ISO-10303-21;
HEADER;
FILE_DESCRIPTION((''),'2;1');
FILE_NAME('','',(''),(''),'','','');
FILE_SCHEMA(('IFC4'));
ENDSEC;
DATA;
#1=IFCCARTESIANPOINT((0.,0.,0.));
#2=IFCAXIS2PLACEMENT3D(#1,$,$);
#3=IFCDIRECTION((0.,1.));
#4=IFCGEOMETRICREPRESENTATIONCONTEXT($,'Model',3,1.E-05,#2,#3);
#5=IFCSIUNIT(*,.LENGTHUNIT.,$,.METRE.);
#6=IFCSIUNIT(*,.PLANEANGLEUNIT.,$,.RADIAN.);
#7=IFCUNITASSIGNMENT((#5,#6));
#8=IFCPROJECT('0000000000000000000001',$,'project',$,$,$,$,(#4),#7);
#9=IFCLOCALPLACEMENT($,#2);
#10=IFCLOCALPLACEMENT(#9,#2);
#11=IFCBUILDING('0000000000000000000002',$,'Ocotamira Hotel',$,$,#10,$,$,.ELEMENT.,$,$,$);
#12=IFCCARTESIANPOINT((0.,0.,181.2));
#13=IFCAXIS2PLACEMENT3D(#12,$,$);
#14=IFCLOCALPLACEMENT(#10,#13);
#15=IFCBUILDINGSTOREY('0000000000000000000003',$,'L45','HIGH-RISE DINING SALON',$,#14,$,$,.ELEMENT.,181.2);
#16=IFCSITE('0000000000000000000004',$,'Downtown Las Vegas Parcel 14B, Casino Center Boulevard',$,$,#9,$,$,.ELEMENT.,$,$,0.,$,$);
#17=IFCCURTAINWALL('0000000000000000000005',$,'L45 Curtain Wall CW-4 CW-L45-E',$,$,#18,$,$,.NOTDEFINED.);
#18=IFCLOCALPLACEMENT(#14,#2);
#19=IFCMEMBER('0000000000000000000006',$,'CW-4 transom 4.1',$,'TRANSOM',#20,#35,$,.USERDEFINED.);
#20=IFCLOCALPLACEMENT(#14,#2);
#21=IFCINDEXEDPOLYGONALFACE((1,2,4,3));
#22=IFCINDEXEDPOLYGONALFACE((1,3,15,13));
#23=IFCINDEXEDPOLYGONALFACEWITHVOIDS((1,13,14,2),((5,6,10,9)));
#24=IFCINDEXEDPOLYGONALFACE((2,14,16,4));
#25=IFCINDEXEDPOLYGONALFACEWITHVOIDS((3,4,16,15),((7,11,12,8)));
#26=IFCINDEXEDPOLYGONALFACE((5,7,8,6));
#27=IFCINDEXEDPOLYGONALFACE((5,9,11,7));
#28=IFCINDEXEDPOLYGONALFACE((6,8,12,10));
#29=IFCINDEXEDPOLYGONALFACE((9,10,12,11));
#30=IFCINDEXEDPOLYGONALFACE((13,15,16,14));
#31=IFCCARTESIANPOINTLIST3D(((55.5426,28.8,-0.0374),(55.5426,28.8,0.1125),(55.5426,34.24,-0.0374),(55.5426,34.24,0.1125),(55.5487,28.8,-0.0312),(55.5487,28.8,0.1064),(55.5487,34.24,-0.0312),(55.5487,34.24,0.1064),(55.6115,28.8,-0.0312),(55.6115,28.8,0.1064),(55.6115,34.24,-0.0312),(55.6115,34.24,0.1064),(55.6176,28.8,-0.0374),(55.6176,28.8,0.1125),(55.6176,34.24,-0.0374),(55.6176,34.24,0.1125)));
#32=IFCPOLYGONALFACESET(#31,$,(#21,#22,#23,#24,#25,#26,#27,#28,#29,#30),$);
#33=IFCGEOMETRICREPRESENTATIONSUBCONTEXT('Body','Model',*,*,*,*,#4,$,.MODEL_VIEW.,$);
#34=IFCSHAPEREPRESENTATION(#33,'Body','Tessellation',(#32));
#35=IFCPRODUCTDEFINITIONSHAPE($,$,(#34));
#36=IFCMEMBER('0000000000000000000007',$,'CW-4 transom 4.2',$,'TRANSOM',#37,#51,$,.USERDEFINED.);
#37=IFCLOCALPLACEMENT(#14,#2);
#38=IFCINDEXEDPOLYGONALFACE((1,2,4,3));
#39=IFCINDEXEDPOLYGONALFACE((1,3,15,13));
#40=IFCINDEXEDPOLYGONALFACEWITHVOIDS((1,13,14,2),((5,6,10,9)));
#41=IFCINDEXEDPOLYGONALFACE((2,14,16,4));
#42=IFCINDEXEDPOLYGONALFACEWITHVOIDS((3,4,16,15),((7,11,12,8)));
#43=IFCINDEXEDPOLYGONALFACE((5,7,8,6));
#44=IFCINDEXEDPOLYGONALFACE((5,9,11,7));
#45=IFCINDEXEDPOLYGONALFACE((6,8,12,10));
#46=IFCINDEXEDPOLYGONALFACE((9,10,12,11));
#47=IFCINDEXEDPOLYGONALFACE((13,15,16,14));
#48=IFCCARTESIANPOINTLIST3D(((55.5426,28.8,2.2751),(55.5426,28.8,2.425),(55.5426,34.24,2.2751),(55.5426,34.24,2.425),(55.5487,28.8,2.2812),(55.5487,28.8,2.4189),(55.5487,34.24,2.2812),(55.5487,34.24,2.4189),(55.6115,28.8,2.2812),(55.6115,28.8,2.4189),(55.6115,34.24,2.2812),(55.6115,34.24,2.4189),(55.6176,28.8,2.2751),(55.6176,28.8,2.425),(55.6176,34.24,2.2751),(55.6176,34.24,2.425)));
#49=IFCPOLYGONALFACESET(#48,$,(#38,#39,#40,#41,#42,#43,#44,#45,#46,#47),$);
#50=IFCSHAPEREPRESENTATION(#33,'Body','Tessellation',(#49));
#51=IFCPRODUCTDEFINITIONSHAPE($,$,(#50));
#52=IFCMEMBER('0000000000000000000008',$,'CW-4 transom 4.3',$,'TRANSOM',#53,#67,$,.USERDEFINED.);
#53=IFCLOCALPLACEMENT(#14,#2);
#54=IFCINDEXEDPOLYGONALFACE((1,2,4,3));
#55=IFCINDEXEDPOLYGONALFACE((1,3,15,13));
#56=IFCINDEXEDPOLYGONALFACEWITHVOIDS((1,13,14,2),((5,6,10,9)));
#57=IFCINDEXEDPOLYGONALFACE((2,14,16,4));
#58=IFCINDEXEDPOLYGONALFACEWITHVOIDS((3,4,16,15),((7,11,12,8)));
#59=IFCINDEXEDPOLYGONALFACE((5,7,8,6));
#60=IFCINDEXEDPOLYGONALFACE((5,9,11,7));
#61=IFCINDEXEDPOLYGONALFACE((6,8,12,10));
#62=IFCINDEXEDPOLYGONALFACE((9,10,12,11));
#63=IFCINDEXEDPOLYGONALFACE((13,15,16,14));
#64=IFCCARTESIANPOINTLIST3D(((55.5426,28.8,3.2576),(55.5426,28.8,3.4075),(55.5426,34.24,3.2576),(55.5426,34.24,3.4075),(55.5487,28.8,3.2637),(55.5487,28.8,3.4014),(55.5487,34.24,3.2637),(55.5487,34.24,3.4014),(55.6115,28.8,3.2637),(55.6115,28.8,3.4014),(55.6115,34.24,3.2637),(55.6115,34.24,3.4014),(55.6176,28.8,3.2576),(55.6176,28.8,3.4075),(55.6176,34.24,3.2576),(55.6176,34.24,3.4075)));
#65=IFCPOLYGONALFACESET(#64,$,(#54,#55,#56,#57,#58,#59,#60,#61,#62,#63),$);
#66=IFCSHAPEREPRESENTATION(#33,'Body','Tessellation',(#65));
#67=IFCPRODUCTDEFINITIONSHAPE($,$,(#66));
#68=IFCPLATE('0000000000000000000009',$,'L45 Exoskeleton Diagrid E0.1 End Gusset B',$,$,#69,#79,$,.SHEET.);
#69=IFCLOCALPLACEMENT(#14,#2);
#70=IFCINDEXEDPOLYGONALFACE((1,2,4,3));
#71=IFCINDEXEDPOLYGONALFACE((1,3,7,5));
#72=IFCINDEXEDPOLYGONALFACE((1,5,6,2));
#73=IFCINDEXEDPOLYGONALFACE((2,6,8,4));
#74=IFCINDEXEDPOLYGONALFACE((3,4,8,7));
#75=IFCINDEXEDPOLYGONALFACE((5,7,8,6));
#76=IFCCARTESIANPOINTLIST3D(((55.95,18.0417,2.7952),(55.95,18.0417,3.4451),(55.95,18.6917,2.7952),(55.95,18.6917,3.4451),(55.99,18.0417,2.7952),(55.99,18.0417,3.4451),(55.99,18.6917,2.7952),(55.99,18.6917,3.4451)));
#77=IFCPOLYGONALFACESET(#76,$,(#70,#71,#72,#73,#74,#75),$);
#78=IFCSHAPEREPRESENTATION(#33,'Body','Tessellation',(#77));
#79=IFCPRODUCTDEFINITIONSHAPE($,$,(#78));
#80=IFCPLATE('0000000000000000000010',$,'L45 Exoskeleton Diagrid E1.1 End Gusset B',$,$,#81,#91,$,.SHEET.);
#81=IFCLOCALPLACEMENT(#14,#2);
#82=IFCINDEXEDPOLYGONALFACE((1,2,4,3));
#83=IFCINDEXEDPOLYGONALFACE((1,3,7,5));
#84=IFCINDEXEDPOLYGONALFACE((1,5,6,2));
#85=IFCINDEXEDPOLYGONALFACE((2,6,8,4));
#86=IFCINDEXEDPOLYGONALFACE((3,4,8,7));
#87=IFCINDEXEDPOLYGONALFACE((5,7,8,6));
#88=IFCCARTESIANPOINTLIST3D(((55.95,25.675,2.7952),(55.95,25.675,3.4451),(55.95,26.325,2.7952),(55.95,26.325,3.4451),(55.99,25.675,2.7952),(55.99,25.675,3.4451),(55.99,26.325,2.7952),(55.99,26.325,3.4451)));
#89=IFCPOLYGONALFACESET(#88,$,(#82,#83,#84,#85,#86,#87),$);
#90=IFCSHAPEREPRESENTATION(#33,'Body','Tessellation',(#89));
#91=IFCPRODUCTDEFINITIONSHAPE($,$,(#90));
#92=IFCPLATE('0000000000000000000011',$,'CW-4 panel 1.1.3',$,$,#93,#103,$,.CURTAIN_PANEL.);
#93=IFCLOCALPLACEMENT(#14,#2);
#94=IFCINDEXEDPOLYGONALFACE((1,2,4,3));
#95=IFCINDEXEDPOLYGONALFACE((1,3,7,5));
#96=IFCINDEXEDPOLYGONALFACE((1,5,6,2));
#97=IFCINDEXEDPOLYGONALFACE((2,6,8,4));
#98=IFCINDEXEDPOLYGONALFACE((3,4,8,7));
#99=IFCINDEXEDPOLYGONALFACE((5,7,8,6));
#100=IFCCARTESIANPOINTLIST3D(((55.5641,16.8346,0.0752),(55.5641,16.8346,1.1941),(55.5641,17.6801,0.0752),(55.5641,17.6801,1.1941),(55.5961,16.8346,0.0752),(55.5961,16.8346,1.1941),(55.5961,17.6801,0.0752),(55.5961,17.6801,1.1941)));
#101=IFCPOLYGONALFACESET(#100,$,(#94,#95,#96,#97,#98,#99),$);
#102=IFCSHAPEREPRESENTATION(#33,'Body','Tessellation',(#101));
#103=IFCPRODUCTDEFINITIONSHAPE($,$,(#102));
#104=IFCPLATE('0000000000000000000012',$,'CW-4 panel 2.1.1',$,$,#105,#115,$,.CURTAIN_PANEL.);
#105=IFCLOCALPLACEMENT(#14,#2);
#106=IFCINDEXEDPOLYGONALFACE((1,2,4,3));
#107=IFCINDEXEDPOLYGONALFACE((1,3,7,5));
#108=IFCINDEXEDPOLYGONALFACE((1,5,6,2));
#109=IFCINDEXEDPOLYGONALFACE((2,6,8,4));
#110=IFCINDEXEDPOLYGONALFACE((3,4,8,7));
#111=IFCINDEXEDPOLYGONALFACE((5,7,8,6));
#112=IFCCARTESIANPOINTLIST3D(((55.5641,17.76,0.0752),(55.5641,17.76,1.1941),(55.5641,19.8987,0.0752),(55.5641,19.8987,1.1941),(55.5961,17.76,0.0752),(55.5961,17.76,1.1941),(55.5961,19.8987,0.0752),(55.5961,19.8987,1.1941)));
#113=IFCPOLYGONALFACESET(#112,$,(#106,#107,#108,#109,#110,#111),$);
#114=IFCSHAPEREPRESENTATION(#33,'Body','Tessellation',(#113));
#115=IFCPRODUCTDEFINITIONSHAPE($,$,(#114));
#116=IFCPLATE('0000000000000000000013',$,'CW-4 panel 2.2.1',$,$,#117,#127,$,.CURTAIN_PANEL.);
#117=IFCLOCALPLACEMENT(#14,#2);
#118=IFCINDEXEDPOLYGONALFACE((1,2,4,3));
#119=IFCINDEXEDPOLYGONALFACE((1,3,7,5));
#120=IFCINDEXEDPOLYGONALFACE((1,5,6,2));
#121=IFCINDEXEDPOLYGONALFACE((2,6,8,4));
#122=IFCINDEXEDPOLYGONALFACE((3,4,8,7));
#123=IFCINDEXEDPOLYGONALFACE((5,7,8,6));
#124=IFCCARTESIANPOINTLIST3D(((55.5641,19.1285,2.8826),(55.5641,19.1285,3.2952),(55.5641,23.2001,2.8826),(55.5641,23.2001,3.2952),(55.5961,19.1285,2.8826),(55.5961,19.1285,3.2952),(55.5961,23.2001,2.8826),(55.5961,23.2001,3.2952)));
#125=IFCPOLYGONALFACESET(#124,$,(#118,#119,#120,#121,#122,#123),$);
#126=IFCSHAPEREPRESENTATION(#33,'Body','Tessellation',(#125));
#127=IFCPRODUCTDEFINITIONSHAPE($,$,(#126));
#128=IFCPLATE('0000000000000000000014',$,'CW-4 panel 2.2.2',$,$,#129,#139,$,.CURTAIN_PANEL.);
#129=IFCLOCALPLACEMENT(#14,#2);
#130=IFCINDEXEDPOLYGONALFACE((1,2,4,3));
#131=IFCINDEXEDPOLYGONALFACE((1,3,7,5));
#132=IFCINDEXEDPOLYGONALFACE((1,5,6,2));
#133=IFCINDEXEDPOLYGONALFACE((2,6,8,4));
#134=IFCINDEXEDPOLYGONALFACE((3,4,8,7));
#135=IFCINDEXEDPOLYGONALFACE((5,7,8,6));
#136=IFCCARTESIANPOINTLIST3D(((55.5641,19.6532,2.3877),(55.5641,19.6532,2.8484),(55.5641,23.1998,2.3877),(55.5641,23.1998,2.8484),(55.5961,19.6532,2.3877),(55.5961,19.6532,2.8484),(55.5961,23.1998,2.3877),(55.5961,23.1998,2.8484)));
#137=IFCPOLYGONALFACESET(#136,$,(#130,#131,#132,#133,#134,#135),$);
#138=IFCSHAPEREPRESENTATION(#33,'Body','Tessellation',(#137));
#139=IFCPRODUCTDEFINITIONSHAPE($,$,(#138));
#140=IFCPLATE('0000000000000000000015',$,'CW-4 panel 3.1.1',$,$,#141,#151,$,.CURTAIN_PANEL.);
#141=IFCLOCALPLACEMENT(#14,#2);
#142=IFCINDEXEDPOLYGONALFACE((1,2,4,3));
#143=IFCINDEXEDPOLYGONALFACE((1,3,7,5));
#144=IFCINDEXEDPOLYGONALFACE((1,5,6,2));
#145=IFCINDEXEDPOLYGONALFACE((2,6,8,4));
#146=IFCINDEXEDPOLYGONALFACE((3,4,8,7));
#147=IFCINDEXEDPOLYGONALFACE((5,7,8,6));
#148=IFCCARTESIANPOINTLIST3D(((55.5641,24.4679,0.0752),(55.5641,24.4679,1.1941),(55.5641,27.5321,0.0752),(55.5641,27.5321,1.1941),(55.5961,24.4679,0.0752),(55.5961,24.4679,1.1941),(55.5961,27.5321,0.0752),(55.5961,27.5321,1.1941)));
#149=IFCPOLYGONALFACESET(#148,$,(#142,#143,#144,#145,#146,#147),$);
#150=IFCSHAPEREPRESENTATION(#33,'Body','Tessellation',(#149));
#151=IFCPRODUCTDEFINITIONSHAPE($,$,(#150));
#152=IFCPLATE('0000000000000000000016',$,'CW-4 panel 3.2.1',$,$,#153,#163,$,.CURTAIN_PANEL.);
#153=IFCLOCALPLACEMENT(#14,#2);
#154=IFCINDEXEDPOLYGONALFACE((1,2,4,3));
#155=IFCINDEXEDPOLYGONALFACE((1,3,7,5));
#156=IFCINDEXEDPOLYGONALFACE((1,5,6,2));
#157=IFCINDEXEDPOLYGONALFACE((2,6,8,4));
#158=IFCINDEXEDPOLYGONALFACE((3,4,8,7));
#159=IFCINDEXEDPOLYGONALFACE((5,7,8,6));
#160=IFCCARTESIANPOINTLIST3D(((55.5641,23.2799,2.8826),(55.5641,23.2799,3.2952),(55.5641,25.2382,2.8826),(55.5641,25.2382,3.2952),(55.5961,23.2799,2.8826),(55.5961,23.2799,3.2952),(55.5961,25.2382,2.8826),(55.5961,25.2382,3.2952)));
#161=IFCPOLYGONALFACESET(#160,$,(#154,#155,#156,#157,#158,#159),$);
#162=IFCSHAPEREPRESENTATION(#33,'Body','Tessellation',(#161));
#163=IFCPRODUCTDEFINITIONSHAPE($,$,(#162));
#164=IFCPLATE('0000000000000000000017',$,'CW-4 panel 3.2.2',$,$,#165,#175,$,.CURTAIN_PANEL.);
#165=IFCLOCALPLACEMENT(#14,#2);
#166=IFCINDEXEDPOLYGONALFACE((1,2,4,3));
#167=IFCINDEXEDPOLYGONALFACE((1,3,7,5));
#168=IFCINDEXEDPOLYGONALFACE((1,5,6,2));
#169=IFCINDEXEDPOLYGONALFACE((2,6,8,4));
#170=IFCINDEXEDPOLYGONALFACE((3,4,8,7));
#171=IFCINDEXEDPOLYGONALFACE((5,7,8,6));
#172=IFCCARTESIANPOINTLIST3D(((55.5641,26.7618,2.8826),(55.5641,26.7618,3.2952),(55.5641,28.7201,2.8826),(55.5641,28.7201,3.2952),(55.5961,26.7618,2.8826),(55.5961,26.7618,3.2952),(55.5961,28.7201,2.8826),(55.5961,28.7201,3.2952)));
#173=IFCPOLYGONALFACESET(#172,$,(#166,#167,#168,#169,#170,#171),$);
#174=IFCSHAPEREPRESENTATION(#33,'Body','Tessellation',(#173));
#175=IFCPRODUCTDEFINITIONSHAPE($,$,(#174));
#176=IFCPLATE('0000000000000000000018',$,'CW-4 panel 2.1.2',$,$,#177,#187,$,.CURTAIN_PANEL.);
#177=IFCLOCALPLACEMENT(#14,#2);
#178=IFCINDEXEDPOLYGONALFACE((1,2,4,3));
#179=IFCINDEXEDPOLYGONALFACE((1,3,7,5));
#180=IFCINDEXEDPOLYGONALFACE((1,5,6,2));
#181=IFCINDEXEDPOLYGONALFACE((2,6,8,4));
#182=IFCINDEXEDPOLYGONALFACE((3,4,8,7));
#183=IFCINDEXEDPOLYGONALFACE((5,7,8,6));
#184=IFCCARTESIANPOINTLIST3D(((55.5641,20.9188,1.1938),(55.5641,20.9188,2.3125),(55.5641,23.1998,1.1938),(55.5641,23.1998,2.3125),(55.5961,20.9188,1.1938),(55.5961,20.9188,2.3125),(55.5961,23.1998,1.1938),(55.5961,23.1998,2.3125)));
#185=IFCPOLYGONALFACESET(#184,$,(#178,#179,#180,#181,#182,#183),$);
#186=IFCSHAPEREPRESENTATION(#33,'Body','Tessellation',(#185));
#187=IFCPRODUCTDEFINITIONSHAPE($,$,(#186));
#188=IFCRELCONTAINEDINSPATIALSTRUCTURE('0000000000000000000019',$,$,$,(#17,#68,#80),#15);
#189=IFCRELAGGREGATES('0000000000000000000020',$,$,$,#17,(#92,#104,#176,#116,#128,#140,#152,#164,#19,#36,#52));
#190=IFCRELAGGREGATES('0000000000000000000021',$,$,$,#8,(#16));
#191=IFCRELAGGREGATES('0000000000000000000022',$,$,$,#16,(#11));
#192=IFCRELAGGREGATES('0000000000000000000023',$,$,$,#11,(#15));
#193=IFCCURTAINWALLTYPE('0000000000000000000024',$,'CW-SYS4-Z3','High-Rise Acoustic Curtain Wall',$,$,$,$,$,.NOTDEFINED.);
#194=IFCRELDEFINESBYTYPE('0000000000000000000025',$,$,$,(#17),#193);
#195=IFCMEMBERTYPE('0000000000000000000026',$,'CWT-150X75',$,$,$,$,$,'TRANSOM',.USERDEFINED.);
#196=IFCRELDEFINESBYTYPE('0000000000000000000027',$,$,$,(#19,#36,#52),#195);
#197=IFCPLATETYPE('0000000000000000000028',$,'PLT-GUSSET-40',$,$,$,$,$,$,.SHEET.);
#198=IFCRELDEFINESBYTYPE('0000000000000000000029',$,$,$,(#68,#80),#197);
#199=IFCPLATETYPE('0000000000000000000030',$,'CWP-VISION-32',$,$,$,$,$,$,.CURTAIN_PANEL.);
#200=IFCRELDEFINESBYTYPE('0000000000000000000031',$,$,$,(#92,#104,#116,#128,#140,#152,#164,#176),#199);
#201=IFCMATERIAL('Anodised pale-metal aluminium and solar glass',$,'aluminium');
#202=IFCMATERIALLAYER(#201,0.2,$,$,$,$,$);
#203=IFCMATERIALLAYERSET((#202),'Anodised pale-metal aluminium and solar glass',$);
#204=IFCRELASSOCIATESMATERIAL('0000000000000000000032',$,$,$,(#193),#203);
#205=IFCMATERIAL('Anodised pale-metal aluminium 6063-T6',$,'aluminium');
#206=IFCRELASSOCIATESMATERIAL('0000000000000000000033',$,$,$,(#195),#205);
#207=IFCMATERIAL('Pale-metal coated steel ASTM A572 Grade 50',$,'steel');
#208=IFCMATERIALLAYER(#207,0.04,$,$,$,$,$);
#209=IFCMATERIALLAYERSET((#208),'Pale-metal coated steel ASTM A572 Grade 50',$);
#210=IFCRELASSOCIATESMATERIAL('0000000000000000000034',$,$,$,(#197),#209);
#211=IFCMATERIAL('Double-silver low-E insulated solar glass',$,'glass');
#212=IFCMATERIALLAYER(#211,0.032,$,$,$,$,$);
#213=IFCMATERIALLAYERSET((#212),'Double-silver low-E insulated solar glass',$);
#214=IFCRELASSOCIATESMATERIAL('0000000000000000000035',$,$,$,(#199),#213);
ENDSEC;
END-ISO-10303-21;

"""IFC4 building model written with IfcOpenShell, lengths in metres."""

from ifc_helpers import new_model, si_unit, direction, frame, origin, origin_2d, place, context, subcontext, project, spatial, rectangle, hollow_rectangle, extrude, source, transform, mapped, material, layer, layer_set, material_profile, profile_set, type_object, element, aggregate, save


model = new_model("IFC4")

# Units and contexts
model_context = context("Model", 3, precision=1e-05, world=origin(), true_north=direction((0.0, 1.0)))
body_context = subcontext(model_context, "Body", "Model", "MODEL_VIEW")
ifc_project = project(units=[si_unit("LENGTHUNIT", "METRE"), si_unit("PLANEANGLEUNIT", "RADIAN")], contexts=[model_context])

# Site, building, storey
site_placement = place(None, origin())
site = spatial("IfcSite", under=ifc_project, at=site_placement, Name="Downtown Las Vegas Parcel 14B, Casino Center Boulevard", CompositionType="ELEMENT", RefElevation=0.0)
building_placement = place(site_placement, origin())
building = spatial("IfcBuilding", under=site, at=building_placement, Name="Ocotamira Hotel", CompositionType="ELEMENT")
storey_placement = place(building_placement, frame((0.0, 0.0, 181.2)))
storey = spatial("IfcBuildingStorey", under=building, at=storey_placement, Name="L45", Description="HIGH-RISE DINING SALON", CompositionType="ELEMENT", Elevation=181.2)

# Curtain wall, members
ifc_material_1 = material(Name="Anodised pale-metal aluminium and solar glass", Category="aluminium")
ifc_layer_1 = layer(ifc_material_1, 0.2)
ifc_layer_set_1 = layer_set([ifc_layer_1], Name="Anodised pale-metal aluminium and solar glass")
curtain_wall_type = type_object("IfcCurtainWallType", Name="CW-SYS4-Z3", Description="High-Rise Acoustic Curtain Wall", PredefinedType="NOTDEFINED", material=ifc_layer_set_1)
curtain_wall_placement = place(storey_placement, origin())
curtain_wall = element("IfcCurtainWall", 1, at=curtain_wall_placement, inside=storey, type_object=curtain_wall_type, Name="L45 Curtain Wall CW-4 CW-L45-E", PredefinedType="NOTDEFINED")
ifc_material_2 = material(Name="Anodised pale-metal aluminium 6063-T6", Category="aluminium")
ifc_material_profile_1 = material_profile(ifc_material_2, hollow_rectangle(XDim=0.075, YDim=0.1499, WallThickness=0.0061, at=origin_2d()), Name="HSS150X75X6")
ifc_profile_set_1 = profile_set([ifc_material_profile_1], Name="Anodised pale-metal aluminium 6063-T6")
member_type_1 = type_object("IfcMemberType", Name="CWT-150X75", ElementType="TRANSOM", PredefinedType="USERDEFINED", material=ifc_profile_set_1)
shared_shape_1 = source(origin(), body_context, "Body", "SweptSolid", [
    extrude(hollow_rectangle(XDim=0.075, YDim=0.1499, WallThickness=0.0061, at=origin_2d()), origin(), (0.0, 0.0, 1.0), 5.4399),
])
member_1_placement = place(storey_placement, frame((55.5801, 28.8, 0.0376), z_axis=(0.0, 1.0, 0.0), x_axis=(-1.0, 0.0, 0.0)))
member_1 = element("IfcMember", 2, at=member_1_placement, type_object=member_type_1, Name="CW-4 transom 4.1", ObjectType="TRANSOM", PredefinedType="USERDEFINED", context=body_context, shape_type="MappedRepresentation", body=[
    mapped(shared_shape_1, transform((0.0, 0.0, 0.0), scale=1.0)),
])
member_2_placement = place(storey_placement, frame((55.5801, 28.8, 2.3501), z_axis=(0.0, 1.0, 0.0), x_axis=(-1.0, 0.0, 0.0)))
member_2 = element("IfcMember", 3, at=member_2_placement, type_object=member_type_1, Name="CW-4 transom 4.2", ObjectType="TRANSOM", PredefinedType="USERDEFINED", context=body_context, shape_type="MappedRepresentation", body=[
    mapped(shared_shape_1, transform((0.0, 0.0, 0.0), scale=1.0)),
])
member_3_placement = place(storey_placement, frame((55.5801, 28.8, 3.3325), z_axis=(0.0, 1.0, 0.0), x_axis=(-1.0, 0.0, 0.0)))
member_3 = element("IfcMember", 4, at=member_3_placement, type_object=member_type_1, Name="CW-4 transom 4.3", ObjectType="TRANSOM", PredefinedType="USERDEFINED", context=body_context, shape_type="MappedRepresentation", body=[
    mapped(shared_shape_1, transform((0.0, 0.0, 0.0), scale=1.0)),
])

# Plates
ifc_material_3 = material(Name="Pale-metal coated steel ASTM A572 Grade 50", Category="steel")
ifc_layer_2 = layer(ifc_material_3, 0.04)
ifc_layer_set_2 = layer_set([ifc_layer_2], Name="Pale-metal coated steel ASTM A572 Grade 50")
plate_type_1 = type_object("IfcPlateType", Name="PLT-GUSSET-40", PredefinedType="SHEET", material=ifc_layer_set_2)
shared_shape_2 = source(origin(), body_context, "Body", "SweptSolid", [
    extrude(rectangle(XDim=0.04, YDim=0.6499, at=origin_2d()), origin(), (0.0, 0.0, 1.0), 0.6499),
])
for number, where, z_axis, x_axis, name in (
    (5, (55.97, 18.3667, 2.7952), (0.0, 0.0, 1.0), (1.0, 0.0, 0.0), "L45 Exoskeleton Diagrid E0.1 End Gusset B"),
    (6, (55.97, 26.0, 2.7952), (0.0, 0.0, 1.0), (1.0, 0.0, 0.0), "L45 Exoskeleton Diagrid E1.1 End Gusset B"),
):
    element("IfcPlate", number, at=place(storey_placement, frame(where, z_axis=z_axis, x_axis=x_axis)), inside=storey, type_object=plate_type_1, Name=name, PredefinedType="SHEET", context=body_context, shape_type="MappedRepresentation", body=[
        mapped(shared_shape_2, transform((0.0, 0.0, 0.0), scale=1.0)),
    ])

# Plates
ifc_material_4 = material(Name="Double-silver low-E insulated solar glass", Category="glass")
ifc_layer_3 = layer(ifc_material_4, 0.032)
ifc_layer_set_3 = layer_set([ifc_layer_3], Name="Double-silver low-E insulated solar glass")
plate_type_2 = type_object("IfcPlateType", Name="CWP-VISION-32", PredefinedType="CURTAIN_PANEL", material=ifc_layer_set_3)
shared_shape_3 = source(origin(), body_context, "Body", "SweptSolid", [
    extrude(rectangle(XDim=0.8455, YDim=0.032, at=origin_2d()), origin(), (0.0, 0.0, 1.0), 1.1189),
])
plate_1_placement = place(storey_placement, frame((55.5801, 17.2573, 0.0752), z_axis=(0.0, 0.0, 1.0), x_axis=(0.0, 1.0, 0.0)))
plate_1 = element("IfcPlate", 7, at=plate_1_placement, type_object=plate_type_2, Name="CW-4 panel 1.1.3", PredefinedType="CURTAIN_PANEL", context=body_context, shape_type="MappedRepresentation", body=[
    mapped(shared_shape_3, transform((0.0, 0.0, 0.0), scale=1.0)),
])
shared_shape_4 = source(origin(), body_context, "Body", "SweptSolid", [
    extrude(rectangle(XDim=2.1387, YDim=0.032, at=origin_2d()), origin(), (0.0, 0.0, 1.0), 1.1189),
])
plate_2_placement = place(storey_placement, frame((55.5801, 18.8293, 0.0752), z_axis=(0.0, 0.0, 1.0), x_axis=(0.0, 1.0, 0.0)))
plate_2 = element("IfcPlate", 8, at=plate_2_placement, type_object=plate_type_2, Name="CW-4 panel 2.1.1", PredefinedType="CURTAIN_PANEL", context=body_context, shape_type="MappedRepresentation", body=[
    mapped(shared_shape_4, transform((0.0, 0.0, 0.0), scale=1.0)),
])
shared_shape_5 = source(origin(), body_context, "Body", "SweptSolid", [
    extrude(rectangle(XDim=4.0715, YDim=0.032, at=origin_2d()), origin(), (0.0, 0.0, 1.0), 0.4126),
])
plate_3_placement = place(storey_placement, frame((55.5801, 21.1643, 2.8826), z_axis=(0.0, 0.0, 1.0), x_axis=(0.0, 1.0, 0.0)))
plate_3 = element("IfcPlate", 9, at=plate_3_placement, type_object=plate_type_2, Name="CW-4 panel 2.2.1", PredefinedType="CURTAIN_PANEL", context=body_context, shape_type="MappedRepresentation", body=[
    mapped(shared_shape_5, transform((0.0, 0.0, 0.0), scale=1.0)),
])
shared_shape_6 = source(origin(), body_context, "Body", "SweptSolid", [
    extrude(rectangle(XDim=3.5466, YDim=0.032, at=origin_2d()), origin(), (0.0, 0.0, 1.0), 0.4607),
])
plate_4_placement = place(storey_placement, frame((55.5801, 21.4265, 2.3877), z_axis=(0.0, 0.0, 1.0), x_axis=(0.0, 1.0, 0.0)))
plate_4 = element("IfcPlate", 10, at=plate_4_placement, type_object=plate_type_2, Name="CW-4 panel 2.2.2", PredefinedType="CURTAIN_PANEL", context=body_context, shape_type="MappedRepresentation", body=[
    mapped(shared_shape_6, transform((0.0, 0.0, 0.0), scale=1.0)),
])
shared_shape_7 = source(origin(), body_context, "Body", "SweptSolid", [
    extrude(rectangle(XDim=3.0642, YDim=0.032, at=origin_2d()), origin(), (0.0, 0.0, 1.0), 1.1189),
])
plate_5_placement = place(storey_placement, frame((55.5801, 26.0, 0.0752), z_axis=(0.0, 0.0, 1.0), x_axis=(0.0, 1.0, 0.0)))
plate_5 = element("IfcPlate", 11, at=plate_5_placement, type_object=plate_type_2, Name="CW-4 panel 3.1.1", PredefinedType="CURTAIN_PANEL", context=body_context, shape_type="MappedRepresentation", body=[
    mapped(shared_shape_7, transform((0.0, 0.0, 0.0), scale=1.0)),
])
shared_shape_8 = source(origin(), body_context, "Body", "SweptSolid", [
    extrude(rectangle(XDim=1.9583, YDim=0.032, at=origin_2d()), origin(), (0.0, 0.0, 1.0), 0.4126),
])
plate_6_placement = place(storey_placement, frame((55.5801, 24.259, 2.8826), z_axis=(0.0, 0.0, 1.0), x_axis=(0.0, 1.0, 0.0)))
plate_6 = element("IfcPlate", 12, at=plate_6_placement, type_object=plate_type_2, Name="CW-4 panel 3.2.1", PredefinedType="CURTAIN_PANEL", context=body_context, shape_type="MappedRepresentation", body=[
    mapped(shared_shape_8, transform((0.0, 0.0, 0.0), scale=1.0)),
])
plate_7_placement = place(storey_placement, frame((55.5801, 27.741, 2.8826), z_axis=(0.0, 0.0, 1.0), x_axis=(0.0, 1.0, 0.0)))
plate_7 = element("IfcPlate", 13, at=plate_7_placement, type_object=plate_type_2, Name="CW-4 panel 3.2.2", PredefinedType="CURTAIN_PANEL", context=body_context, shape_type="MappedRepresentation", body=[
    mapped(shared_shape_8, transform((0.0, 0.0, 0.0), scale=1.0)),
])
shared_shape_9 = source(origin(), body_context, "Body", "SweptSolid", [
    extrude(rectangle(XDim=2.281, YDim=0.032, at=origin_2d()), origin(), (0.0, 0.0, 1.0), 1.1187),
])
plate_8_placement = place(storey_placement, frame((55.5801, 22.0593, 1.1938), z_axis=(0.0, 0.0, 1.0), x_axis=(0.0, 1.0, 0.0)))
plate_8 = element("IfcPlate", 14, at=plate_8_placement, type_object=plate_type_2, Name="CW-4 panel 2.1.2", PredefinedType="CURTAIN_PANEL", context=body_context, shape_type="MappedRepresentation", body=[
    mapped(shared_shape_9, transform((0.0, 0.0, 0.0), scale=1.0)),
])
aggregate(curtain_wall, [plate_1, plate_2, plate_8, plate_3, plate_4, plate_5, plate_6, plate_7, member_1, member_2, member_3])

save(model, "model.ifc")
